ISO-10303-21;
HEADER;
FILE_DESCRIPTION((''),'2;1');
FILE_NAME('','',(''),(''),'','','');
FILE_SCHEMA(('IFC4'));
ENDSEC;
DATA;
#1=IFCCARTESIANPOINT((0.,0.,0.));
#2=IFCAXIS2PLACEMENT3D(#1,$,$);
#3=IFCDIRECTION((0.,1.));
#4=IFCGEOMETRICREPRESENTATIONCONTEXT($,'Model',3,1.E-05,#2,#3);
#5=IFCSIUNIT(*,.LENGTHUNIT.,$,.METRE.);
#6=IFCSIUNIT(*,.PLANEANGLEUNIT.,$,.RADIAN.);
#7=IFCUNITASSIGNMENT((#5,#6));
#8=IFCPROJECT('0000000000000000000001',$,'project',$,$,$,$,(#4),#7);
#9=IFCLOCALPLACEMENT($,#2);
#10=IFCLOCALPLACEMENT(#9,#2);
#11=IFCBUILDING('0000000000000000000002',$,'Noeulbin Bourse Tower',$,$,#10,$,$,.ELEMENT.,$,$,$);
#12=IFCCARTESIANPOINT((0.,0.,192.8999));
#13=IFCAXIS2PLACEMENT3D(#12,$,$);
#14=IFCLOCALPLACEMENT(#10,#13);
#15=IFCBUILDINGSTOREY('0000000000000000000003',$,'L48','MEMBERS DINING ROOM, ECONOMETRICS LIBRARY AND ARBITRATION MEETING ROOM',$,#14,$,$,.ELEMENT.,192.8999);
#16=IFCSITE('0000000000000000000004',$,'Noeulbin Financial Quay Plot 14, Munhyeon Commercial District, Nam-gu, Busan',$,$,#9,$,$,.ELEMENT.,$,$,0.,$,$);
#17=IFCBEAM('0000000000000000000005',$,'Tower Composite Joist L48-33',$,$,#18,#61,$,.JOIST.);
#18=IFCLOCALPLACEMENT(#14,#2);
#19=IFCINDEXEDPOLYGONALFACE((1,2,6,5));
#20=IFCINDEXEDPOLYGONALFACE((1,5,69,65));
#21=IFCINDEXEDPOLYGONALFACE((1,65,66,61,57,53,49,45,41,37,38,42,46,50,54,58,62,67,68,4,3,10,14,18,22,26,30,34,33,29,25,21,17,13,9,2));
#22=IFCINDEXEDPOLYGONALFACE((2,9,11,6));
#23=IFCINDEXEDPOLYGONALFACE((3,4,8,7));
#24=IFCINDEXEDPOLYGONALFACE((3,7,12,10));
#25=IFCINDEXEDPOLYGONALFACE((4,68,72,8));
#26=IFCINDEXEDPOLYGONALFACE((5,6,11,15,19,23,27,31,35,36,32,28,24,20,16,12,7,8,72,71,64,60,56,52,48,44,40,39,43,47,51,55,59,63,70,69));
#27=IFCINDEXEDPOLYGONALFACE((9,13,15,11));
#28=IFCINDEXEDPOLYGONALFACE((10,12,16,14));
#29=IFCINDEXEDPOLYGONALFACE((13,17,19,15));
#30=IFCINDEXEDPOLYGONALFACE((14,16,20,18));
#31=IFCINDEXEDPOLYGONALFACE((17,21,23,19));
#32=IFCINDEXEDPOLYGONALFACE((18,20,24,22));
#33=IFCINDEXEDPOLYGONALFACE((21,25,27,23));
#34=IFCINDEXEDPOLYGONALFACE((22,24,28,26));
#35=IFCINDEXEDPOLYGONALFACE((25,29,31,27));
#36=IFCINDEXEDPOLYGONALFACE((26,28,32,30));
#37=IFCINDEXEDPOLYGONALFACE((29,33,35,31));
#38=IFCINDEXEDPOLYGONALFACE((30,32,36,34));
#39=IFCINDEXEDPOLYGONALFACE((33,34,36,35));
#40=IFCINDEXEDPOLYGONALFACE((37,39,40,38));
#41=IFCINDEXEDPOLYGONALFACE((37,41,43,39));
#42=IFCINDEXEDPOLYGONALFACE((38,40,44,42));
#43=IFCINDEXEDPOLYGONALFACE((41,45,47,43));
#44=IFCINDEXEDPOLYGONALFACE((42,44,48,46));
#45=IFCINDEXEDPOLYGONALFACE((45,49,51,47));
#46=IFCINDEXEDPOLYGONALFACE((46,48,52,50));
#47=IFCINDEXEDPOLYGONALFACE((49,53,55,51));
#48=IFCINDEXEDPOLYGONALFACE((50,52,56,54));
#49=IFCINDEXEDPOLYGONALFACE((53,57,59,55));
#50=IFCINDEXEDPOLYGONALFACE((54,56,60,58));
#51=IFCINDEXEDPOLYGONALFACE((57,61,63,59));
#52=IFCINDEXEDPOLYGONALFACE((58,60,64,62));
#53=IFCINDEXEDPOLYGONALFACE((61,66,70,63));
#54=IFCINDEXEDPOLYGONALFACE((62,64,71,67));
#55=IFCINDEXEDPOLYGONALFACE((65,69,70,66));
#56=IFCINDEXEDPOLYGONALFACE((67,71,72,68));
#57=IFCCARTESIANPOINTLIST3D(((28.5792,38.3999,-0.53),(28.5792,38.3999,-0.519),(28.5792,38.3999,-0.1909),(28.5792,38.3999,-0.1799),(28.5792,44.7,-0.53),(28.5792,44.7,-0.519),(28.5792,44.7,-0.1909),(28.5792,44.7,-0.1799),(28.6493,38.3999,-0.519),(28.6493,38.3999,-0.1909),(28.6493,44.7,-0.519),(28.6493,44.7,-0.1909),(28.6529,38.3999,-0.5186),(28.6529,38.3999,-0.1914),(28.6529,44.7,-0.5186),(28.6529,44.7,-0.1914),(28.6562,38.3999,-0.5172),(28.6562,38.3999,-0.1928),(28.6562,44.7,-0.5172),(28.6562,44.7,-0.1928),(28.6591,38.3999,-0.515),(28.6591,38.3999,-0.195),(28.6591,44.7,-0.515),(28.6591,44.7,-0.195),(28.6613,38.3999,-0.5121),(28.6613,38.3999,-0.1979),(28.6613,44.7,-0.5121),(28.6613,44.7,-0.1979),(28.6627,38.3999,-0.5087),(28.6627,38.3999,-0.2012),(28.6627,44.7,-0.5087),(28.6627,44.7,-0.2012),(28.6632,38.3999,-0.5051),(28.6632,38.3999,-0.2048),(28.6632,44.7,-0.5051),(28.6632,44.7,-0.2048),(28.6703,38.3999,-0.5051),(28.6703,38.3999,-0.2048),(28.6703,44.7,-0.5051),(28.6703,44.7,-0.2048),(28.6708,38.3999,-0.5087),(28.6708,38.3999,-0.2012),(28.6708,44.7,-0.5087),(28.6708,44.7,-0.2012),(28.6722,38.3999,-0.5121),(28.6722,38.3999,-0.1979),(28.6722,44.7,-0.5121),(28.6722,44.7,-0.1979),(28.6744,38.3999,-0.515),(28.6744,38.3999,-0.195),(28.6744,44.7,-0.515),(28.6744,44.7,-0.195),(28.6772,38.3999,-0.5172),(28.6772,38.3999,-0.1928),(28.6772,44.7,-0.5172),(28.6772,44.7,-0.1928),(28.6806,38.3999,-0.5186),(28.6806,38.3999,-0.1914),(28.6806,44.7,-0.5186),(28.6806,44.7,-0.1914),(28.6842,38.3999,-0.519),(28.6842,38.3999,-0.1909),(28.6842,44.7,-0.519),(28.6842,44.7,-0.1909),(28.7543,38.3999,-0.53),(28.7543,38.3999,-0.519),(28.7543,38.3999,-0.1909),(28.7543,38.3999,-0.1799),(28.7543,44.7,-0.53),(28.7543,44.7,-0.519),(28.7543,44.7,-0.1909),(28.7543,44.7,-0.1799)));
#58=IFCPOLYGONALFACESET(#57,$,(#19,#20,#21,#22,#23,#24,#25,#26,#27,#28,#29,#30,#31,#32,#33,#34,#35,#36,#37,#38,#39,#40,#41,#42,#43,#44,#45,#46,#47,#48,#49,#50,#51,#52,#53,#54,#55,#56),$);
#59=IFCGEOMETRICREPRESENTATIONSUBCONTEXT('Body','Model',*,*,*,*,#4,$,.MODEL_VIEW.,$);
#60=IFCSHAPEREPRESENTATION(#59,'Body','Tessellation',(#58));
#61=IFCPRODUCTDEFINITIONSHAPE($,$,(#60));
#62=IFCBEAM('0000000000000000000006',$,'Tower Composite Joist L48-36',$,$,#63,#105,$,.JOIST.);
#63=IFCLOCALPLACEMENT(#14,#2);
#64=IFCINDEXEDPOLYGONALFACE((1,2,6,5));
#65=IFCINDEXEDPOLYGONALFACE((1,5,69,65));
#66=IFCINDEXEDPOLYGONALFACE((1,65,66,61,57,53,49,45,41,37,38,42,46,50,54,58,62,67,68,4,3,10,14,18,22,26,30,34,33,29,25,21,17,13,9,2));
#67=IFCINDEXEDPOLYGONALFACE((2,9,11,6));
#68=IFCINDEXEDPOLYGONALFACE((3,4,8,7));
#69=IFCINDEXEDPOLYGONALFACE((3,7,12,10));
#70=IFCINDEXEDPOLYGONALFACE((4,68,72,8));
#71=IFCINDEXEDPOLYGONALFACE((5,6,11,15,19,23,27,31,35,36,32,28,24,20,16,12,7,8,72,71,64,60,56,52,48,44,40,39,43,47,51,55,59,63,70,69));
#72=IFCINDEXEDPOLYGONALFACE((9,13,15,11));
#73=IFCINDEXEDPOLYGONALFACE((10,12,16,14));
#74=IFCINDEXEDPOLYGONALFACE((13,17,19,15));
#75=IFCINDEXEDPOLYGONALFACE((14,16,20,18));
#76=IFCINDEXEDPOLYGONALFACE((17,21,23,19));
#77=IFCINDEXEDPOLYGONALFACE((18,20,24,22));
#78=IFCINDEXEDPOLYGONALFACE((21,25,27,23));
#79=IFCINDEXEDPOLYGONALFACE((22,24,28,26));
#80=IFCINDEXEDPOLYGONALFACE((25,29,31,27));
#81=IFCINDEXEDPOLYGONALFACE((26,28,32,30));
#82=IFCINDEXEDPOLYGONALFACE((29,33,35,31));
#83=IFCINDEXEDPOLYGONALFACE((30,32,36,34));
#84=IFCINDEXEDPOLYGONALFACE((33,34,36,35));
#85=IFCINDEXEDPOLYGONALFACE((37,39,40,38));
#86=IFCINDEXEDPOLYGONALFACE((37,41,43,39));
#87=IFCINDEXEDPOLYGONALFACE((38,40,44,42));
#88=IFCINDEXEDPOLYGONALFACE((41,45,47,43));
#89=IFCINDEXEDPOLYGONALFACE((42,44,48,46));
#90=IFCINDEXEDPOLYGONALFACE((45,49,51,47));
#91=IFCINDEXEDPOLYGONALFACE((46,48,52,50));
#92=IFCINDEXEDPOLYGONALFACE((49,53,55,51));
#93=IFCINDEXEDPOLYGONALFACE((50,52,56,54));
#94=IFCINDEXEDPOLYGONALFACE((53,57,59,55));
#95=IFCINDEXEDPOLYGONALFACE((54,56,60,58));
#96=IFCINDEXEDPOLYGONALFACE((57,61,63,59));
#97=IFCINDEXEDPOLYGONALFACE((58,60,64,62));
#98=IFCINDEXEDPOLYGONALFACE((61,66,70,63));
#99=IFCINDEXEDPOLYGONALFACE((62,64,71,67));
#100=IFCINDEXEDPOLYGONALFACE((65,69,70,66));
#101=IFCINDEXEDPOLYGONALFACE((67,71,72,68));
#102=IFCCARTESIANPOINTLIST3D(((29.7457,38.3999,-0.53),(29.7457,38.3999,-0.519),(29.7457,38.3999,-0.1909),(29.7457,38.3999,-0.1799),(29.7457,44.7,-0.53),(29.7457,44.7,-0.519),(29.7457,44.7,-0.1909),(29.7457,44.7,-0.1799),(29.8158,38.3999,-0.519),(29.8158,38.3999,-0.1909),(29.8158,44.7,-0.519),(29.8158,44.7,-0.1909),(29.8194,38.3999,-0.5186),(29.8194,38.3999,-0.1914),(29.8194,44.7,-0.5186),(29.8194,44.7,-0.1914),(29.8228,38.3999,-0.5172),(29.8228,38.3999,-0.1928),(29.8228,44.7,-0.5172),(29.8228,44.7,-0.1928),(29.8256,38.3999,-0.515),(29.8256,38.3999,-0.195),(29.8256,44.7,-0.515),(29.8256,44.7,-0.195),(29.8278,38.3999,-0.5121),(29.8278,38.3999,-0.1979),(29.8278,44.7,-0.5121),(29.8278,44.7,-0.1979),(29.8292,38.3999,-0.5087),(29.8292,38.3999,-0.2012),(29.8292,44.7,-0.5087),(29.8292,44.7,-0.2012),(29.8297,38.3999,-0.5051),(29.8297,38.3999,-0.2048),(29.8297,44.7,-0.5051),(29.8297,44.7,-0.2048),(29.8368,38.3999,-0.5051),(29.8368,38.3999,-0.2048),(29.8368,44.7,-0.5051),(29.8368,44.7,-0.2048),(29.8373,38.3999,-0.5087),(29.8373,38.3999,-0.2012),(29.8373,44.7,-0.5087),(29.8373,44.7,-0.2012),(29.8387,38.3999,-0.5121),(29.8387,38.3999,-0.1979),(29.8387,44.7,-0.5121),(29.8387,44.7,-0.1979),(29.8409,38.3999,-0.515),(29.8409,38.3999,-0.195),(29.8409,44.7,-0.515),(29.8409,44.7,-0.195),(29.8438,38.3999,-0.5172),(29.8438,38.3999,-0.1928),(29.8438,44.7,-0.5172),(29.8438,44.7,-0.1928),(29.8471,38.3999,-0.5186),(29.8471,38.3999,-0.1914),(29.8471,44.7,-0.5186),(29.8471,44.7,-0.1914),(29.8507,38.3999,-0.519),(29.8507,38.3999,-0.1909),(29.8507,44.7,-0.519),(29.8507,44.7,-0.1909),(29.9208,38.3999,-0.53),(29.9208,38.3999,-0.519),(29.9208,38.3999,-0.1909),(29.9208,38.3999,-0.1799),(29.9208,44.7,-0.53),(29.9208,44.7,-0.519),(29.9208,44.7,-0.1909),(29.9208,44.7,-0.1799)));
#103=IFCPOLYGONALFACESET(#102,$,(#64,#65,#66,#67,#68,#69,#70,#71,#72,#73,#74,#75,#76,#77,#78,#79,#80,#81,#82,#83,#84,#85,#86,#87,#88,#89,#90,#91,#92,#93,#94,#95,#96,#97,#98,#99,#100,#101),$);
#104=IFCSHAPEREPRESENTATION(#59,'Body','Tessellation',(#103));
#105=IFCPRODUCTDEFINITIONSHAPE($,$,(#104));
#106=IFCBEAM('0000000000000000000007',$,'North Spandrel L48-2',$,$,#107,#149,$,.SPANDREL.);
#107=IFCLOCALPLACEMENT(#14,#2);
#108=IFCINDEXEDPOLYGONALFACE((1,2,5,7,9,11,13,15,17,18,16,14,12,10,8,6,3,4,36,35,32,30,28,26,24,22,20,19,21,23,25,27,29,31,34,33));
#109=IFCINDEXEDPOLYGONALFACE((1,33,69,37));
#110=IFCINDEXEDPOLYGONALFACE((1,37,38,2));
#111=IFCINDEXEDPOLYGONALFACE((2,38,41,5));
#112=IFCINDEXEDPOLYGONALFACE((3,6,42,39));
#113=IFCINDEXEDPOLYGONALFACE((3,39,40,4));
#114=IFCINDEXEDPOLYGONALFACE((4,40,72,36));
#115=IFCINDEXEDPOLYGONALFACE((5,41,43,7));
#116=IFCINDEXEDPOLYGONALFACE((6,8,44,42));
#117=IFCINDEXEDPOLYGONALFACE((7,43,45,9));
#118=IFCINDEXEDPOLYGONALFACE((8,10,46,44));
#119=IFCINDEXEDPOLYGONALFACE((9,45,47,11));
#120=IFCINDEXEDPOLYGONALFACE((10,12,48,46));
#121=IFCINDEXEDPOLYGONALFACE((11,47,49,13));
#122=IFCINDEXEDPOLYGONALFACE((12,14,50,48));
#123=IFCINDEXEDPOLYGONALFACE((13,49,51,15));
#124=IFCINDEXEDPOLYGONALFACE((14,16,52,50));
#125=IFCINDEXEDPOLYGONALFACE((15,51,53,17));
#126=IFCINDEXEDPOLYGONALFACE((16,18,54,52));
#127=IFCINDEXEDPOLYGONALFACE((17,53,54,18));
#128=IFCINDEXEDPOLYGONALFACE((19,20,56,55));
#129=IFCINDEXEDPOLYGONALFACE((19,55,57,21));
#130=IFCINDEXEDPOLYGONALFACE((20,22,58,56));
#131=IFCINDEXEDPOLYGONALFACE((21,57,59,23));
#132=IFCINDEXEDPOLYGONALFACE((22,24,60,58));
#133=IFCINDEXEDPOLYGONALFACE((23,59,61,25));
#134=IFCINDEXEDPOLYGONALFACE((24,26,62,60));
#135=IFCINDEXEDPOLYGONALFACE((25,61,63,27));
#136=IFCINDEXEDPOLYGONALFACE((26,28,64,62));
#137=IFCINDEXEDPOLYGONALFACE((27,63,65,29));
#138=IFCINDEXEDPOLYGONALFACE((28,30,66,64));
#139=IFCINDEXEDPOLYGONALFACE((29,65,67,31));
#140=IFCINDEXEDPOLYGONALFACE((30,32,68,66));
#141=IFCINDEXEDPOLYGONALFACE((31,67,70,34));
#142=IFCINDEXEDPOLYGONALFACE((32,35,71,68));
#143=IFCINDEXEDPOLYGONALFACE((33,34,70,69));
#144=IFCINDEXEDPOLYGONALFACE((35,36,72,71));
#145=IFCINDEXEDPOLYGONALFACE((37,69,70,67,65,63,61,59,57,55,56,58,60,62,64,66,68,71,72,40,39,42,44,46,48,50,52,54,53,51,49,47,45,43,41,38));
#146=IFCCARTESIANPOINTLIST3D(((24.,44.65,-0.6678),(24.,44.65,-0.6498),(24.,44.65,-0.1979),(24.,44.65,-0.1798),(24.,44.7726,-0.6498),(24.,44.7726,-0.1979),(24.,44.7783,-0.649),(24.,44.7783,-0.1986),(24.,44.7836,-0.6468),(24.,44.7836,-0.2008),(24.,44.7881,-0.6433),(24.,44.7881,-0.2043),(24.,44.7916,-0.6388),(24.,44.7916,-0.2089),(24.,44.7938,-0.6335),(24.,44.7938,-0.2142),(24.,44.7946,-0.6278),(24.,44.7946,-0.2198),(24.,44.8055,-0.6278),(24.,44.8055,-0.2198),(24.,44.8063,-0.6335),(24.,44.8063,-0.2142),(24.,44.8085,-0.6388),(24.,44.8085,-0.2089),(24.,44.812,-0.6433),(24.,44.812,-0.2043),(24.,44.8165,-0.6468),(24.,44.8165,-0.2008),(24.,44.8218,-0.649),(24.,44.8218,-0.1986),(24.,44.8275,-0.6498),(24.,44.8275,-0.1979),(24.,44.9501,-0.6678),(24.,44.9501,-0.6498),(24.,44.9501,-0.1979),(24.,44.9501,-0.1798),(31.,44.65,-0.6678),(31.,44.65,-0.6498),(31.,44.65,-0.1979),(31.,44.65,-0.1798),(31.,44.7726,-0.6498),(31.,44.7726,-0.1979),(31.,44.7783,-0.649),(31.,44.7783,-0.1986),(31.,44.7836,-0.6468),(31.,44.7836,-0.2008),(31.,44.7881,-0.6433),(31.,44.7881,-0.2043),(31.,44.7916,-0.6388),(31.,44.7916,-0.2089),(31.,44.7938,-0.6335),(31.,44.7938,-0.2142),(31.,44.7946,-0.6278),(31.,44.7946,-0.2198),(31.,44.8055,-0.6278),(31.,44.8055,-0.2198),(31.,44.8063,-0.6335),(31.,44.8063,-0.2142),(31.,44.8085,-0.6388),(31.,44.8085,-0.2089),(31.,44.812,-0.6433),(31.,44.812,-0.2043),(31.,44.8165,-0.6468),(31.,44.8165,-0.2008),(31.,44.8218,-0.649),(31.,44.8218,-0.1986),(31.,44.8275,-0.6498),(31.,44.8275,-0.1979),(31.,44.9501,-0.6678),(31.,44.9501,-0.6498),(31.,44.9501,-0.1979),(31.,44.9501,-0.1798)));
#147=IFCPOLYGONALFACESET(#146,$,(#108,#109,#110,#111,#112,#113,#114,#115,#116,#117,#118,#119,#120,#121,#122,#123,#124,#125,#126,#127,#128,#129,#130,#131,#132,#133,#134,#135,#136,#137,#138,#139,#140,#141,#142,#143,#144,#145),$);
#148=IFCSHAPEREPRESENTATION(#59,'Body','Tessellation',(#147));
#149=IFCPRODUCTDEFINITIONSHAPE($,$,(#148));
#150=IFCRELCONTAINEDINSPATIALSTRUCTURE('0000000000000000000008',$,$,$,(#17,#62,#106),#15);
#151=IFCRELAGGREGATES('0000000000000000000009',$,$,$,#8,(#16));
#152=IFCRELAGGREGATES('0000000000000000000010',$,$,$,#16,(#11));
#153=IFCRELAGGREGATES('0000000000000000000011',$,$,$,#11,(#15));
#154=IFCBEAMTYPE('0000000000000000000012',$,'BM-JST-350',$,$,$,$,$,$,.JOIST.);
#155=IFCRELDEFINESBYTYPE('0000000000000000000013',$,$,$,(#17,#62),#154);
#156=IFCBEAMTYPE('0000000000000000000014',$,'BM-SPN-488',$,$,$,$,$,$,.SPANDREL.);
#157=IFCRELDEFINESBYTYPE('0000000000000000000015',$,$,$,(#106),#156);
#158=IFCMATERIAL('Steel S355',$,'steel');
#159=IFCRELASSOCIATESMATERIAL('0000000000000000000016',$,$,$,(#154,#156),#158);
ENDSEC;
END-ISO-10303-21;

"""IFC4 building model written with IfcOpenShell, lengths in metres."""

from ifc_helpers import new_model, si_unit, direction, frame, origin, origin_2d, place, context, subcontext, project, spatial, i_section, extrude, material, material_profile, profile_set, type_object, element, save


model = new_model("IFC4")

# Units and contexts
model_context = context("Model", 3, precision=1e-05, world=origin(), true_north=direction((0.0, 1.0)))
body_context = subcontext(model_context, "Body", "Model", "MODEL_VIEW")
ifc_project = project(units=[si_unit("LENGTHUNIT", "METRE"), si_unit("PLANEANGLEUNIT", "RADIAN")], contexts=[model_context])

# Site, building, storey
site_placement = place(None, origin())
site = spatial("IfcSite", under=ifc_project, at=site_placement, Name="Noeulbin Financial Quay Plot 14, Munhyeon Commercial District, Nam-gu, Busan", CompositionType="ELEMENT", RefElevation=0.0)
building_placement = place(site_placement, origin())
building = spatial("IfcBuilding", under=site, at=building_placement, Name="Noeulbin Bourse Tower", CompositionType="ELEMENT")
storey_placement = place(building_placement, frame((0.0, 0.0, 192.8999)))
storey = spatial("IfcBuildingStorey", under=building, at=storey_placement, Name="L48", Description="MEMBERS DINING ROOM, ECONOMETRICS LIBRARY AND ARBITRATION MEETING ROOM", CompositionType="ELEMENT", Elevation=192.8999)

# Shared definitions
ifc_material_1 = material(Name="Steel S355", Category="steel")

# Beams
ifc_material_profile_1 = material_profile(ifc_material_1, i_section(OverallWidth=0.175, OverallDepth=0.3501, WebThickness=0.0071, FlangeThickness=0.011, FilletRadius=0.0139, at=origin_2d()), Name="H-350x175x7x11", Category="LoadBearing")
ifc_profile_set_1 = profile_set([ifc_material_profile_1], Name="Steel S355")
beam_type_1 = type_object("IfcBeamType", Name="BM-JST-350", PredefinedType="JOIST", material=ifc_profile_set_1)
for number, where, z_axis, x_axis, name in (
    (1, (28.6667, 38.3999, -0.355), (0.0, 1.0, 0.0), (-1.0, 0.0, 0.0), "Tower Composite Joist L48-33"),
    (2, (29.8333, 38.3999, -0.355), (0.0, 1.0, 0.0), (-1.0, 0.0, 0.0), "Tower Composite Joist L48-36"),
):
    element("IfcBeam", number, at=place(storey_placement, frame(where, z_axis=z_axis, x_axis=x_axis)), inside=storey, type_object=beam_type_1, Name=name, PredefinedType="JOIST", context=body_context, shape_type="SweptSolid", body=[
        extrude(i_section(OverallWidth=0.175, OverallDepth=0.3501, WebThickness=0.0071, FlangeThickness=0.011, FilletRadius=0.0139, at=origin_2d()), origin(), (0.0, 0.0, 1.0), 6.3),
    ])
ifc_material_profile_2 = material_profile(ifc_material_1, i_section(OverallWidth=0.3, OverallDepth=0.488, WebThickness=0.011, FlangeThickness=0.0181, FilletRadius=0.022, at=origin_2d()), Name="H-488x300x11x18", Category="LoadBearing")
ifc_profile_set_2 = profile_set([ifc_material_profile_2], Name="Steel S355")
beam_type_2 = type_object("IfcBeamType", Name="BM-SPN-488", PredefinedType="SPANDREL", material=ifc_profile_set_2)
beam_placement = place(storey_placement, frame((24.0, 44.8, -0.4238), z_axis=(1.0, 0.0, 0.0), x_axis=(0.0, 1.0, 0.0)))
element("IfcBeam", 3, at=beam_placement, inside=storey, type_object=beam_type_2, Name="North Spandrel L48-2", PredefinedType="SPANDREL", context=body_context, shape_type="SweptSolid", body=[
    extrude(i_section(OverallWidth=0.3, OverallDepth=0.488, WebThickness=0.011, FlangeThickness=0.0181, FilletRadius=0.022, at=origin_2d()), origin(), (0.0, 0.0, 1.0), 7.0),
])

save(model, "model.ifc")
